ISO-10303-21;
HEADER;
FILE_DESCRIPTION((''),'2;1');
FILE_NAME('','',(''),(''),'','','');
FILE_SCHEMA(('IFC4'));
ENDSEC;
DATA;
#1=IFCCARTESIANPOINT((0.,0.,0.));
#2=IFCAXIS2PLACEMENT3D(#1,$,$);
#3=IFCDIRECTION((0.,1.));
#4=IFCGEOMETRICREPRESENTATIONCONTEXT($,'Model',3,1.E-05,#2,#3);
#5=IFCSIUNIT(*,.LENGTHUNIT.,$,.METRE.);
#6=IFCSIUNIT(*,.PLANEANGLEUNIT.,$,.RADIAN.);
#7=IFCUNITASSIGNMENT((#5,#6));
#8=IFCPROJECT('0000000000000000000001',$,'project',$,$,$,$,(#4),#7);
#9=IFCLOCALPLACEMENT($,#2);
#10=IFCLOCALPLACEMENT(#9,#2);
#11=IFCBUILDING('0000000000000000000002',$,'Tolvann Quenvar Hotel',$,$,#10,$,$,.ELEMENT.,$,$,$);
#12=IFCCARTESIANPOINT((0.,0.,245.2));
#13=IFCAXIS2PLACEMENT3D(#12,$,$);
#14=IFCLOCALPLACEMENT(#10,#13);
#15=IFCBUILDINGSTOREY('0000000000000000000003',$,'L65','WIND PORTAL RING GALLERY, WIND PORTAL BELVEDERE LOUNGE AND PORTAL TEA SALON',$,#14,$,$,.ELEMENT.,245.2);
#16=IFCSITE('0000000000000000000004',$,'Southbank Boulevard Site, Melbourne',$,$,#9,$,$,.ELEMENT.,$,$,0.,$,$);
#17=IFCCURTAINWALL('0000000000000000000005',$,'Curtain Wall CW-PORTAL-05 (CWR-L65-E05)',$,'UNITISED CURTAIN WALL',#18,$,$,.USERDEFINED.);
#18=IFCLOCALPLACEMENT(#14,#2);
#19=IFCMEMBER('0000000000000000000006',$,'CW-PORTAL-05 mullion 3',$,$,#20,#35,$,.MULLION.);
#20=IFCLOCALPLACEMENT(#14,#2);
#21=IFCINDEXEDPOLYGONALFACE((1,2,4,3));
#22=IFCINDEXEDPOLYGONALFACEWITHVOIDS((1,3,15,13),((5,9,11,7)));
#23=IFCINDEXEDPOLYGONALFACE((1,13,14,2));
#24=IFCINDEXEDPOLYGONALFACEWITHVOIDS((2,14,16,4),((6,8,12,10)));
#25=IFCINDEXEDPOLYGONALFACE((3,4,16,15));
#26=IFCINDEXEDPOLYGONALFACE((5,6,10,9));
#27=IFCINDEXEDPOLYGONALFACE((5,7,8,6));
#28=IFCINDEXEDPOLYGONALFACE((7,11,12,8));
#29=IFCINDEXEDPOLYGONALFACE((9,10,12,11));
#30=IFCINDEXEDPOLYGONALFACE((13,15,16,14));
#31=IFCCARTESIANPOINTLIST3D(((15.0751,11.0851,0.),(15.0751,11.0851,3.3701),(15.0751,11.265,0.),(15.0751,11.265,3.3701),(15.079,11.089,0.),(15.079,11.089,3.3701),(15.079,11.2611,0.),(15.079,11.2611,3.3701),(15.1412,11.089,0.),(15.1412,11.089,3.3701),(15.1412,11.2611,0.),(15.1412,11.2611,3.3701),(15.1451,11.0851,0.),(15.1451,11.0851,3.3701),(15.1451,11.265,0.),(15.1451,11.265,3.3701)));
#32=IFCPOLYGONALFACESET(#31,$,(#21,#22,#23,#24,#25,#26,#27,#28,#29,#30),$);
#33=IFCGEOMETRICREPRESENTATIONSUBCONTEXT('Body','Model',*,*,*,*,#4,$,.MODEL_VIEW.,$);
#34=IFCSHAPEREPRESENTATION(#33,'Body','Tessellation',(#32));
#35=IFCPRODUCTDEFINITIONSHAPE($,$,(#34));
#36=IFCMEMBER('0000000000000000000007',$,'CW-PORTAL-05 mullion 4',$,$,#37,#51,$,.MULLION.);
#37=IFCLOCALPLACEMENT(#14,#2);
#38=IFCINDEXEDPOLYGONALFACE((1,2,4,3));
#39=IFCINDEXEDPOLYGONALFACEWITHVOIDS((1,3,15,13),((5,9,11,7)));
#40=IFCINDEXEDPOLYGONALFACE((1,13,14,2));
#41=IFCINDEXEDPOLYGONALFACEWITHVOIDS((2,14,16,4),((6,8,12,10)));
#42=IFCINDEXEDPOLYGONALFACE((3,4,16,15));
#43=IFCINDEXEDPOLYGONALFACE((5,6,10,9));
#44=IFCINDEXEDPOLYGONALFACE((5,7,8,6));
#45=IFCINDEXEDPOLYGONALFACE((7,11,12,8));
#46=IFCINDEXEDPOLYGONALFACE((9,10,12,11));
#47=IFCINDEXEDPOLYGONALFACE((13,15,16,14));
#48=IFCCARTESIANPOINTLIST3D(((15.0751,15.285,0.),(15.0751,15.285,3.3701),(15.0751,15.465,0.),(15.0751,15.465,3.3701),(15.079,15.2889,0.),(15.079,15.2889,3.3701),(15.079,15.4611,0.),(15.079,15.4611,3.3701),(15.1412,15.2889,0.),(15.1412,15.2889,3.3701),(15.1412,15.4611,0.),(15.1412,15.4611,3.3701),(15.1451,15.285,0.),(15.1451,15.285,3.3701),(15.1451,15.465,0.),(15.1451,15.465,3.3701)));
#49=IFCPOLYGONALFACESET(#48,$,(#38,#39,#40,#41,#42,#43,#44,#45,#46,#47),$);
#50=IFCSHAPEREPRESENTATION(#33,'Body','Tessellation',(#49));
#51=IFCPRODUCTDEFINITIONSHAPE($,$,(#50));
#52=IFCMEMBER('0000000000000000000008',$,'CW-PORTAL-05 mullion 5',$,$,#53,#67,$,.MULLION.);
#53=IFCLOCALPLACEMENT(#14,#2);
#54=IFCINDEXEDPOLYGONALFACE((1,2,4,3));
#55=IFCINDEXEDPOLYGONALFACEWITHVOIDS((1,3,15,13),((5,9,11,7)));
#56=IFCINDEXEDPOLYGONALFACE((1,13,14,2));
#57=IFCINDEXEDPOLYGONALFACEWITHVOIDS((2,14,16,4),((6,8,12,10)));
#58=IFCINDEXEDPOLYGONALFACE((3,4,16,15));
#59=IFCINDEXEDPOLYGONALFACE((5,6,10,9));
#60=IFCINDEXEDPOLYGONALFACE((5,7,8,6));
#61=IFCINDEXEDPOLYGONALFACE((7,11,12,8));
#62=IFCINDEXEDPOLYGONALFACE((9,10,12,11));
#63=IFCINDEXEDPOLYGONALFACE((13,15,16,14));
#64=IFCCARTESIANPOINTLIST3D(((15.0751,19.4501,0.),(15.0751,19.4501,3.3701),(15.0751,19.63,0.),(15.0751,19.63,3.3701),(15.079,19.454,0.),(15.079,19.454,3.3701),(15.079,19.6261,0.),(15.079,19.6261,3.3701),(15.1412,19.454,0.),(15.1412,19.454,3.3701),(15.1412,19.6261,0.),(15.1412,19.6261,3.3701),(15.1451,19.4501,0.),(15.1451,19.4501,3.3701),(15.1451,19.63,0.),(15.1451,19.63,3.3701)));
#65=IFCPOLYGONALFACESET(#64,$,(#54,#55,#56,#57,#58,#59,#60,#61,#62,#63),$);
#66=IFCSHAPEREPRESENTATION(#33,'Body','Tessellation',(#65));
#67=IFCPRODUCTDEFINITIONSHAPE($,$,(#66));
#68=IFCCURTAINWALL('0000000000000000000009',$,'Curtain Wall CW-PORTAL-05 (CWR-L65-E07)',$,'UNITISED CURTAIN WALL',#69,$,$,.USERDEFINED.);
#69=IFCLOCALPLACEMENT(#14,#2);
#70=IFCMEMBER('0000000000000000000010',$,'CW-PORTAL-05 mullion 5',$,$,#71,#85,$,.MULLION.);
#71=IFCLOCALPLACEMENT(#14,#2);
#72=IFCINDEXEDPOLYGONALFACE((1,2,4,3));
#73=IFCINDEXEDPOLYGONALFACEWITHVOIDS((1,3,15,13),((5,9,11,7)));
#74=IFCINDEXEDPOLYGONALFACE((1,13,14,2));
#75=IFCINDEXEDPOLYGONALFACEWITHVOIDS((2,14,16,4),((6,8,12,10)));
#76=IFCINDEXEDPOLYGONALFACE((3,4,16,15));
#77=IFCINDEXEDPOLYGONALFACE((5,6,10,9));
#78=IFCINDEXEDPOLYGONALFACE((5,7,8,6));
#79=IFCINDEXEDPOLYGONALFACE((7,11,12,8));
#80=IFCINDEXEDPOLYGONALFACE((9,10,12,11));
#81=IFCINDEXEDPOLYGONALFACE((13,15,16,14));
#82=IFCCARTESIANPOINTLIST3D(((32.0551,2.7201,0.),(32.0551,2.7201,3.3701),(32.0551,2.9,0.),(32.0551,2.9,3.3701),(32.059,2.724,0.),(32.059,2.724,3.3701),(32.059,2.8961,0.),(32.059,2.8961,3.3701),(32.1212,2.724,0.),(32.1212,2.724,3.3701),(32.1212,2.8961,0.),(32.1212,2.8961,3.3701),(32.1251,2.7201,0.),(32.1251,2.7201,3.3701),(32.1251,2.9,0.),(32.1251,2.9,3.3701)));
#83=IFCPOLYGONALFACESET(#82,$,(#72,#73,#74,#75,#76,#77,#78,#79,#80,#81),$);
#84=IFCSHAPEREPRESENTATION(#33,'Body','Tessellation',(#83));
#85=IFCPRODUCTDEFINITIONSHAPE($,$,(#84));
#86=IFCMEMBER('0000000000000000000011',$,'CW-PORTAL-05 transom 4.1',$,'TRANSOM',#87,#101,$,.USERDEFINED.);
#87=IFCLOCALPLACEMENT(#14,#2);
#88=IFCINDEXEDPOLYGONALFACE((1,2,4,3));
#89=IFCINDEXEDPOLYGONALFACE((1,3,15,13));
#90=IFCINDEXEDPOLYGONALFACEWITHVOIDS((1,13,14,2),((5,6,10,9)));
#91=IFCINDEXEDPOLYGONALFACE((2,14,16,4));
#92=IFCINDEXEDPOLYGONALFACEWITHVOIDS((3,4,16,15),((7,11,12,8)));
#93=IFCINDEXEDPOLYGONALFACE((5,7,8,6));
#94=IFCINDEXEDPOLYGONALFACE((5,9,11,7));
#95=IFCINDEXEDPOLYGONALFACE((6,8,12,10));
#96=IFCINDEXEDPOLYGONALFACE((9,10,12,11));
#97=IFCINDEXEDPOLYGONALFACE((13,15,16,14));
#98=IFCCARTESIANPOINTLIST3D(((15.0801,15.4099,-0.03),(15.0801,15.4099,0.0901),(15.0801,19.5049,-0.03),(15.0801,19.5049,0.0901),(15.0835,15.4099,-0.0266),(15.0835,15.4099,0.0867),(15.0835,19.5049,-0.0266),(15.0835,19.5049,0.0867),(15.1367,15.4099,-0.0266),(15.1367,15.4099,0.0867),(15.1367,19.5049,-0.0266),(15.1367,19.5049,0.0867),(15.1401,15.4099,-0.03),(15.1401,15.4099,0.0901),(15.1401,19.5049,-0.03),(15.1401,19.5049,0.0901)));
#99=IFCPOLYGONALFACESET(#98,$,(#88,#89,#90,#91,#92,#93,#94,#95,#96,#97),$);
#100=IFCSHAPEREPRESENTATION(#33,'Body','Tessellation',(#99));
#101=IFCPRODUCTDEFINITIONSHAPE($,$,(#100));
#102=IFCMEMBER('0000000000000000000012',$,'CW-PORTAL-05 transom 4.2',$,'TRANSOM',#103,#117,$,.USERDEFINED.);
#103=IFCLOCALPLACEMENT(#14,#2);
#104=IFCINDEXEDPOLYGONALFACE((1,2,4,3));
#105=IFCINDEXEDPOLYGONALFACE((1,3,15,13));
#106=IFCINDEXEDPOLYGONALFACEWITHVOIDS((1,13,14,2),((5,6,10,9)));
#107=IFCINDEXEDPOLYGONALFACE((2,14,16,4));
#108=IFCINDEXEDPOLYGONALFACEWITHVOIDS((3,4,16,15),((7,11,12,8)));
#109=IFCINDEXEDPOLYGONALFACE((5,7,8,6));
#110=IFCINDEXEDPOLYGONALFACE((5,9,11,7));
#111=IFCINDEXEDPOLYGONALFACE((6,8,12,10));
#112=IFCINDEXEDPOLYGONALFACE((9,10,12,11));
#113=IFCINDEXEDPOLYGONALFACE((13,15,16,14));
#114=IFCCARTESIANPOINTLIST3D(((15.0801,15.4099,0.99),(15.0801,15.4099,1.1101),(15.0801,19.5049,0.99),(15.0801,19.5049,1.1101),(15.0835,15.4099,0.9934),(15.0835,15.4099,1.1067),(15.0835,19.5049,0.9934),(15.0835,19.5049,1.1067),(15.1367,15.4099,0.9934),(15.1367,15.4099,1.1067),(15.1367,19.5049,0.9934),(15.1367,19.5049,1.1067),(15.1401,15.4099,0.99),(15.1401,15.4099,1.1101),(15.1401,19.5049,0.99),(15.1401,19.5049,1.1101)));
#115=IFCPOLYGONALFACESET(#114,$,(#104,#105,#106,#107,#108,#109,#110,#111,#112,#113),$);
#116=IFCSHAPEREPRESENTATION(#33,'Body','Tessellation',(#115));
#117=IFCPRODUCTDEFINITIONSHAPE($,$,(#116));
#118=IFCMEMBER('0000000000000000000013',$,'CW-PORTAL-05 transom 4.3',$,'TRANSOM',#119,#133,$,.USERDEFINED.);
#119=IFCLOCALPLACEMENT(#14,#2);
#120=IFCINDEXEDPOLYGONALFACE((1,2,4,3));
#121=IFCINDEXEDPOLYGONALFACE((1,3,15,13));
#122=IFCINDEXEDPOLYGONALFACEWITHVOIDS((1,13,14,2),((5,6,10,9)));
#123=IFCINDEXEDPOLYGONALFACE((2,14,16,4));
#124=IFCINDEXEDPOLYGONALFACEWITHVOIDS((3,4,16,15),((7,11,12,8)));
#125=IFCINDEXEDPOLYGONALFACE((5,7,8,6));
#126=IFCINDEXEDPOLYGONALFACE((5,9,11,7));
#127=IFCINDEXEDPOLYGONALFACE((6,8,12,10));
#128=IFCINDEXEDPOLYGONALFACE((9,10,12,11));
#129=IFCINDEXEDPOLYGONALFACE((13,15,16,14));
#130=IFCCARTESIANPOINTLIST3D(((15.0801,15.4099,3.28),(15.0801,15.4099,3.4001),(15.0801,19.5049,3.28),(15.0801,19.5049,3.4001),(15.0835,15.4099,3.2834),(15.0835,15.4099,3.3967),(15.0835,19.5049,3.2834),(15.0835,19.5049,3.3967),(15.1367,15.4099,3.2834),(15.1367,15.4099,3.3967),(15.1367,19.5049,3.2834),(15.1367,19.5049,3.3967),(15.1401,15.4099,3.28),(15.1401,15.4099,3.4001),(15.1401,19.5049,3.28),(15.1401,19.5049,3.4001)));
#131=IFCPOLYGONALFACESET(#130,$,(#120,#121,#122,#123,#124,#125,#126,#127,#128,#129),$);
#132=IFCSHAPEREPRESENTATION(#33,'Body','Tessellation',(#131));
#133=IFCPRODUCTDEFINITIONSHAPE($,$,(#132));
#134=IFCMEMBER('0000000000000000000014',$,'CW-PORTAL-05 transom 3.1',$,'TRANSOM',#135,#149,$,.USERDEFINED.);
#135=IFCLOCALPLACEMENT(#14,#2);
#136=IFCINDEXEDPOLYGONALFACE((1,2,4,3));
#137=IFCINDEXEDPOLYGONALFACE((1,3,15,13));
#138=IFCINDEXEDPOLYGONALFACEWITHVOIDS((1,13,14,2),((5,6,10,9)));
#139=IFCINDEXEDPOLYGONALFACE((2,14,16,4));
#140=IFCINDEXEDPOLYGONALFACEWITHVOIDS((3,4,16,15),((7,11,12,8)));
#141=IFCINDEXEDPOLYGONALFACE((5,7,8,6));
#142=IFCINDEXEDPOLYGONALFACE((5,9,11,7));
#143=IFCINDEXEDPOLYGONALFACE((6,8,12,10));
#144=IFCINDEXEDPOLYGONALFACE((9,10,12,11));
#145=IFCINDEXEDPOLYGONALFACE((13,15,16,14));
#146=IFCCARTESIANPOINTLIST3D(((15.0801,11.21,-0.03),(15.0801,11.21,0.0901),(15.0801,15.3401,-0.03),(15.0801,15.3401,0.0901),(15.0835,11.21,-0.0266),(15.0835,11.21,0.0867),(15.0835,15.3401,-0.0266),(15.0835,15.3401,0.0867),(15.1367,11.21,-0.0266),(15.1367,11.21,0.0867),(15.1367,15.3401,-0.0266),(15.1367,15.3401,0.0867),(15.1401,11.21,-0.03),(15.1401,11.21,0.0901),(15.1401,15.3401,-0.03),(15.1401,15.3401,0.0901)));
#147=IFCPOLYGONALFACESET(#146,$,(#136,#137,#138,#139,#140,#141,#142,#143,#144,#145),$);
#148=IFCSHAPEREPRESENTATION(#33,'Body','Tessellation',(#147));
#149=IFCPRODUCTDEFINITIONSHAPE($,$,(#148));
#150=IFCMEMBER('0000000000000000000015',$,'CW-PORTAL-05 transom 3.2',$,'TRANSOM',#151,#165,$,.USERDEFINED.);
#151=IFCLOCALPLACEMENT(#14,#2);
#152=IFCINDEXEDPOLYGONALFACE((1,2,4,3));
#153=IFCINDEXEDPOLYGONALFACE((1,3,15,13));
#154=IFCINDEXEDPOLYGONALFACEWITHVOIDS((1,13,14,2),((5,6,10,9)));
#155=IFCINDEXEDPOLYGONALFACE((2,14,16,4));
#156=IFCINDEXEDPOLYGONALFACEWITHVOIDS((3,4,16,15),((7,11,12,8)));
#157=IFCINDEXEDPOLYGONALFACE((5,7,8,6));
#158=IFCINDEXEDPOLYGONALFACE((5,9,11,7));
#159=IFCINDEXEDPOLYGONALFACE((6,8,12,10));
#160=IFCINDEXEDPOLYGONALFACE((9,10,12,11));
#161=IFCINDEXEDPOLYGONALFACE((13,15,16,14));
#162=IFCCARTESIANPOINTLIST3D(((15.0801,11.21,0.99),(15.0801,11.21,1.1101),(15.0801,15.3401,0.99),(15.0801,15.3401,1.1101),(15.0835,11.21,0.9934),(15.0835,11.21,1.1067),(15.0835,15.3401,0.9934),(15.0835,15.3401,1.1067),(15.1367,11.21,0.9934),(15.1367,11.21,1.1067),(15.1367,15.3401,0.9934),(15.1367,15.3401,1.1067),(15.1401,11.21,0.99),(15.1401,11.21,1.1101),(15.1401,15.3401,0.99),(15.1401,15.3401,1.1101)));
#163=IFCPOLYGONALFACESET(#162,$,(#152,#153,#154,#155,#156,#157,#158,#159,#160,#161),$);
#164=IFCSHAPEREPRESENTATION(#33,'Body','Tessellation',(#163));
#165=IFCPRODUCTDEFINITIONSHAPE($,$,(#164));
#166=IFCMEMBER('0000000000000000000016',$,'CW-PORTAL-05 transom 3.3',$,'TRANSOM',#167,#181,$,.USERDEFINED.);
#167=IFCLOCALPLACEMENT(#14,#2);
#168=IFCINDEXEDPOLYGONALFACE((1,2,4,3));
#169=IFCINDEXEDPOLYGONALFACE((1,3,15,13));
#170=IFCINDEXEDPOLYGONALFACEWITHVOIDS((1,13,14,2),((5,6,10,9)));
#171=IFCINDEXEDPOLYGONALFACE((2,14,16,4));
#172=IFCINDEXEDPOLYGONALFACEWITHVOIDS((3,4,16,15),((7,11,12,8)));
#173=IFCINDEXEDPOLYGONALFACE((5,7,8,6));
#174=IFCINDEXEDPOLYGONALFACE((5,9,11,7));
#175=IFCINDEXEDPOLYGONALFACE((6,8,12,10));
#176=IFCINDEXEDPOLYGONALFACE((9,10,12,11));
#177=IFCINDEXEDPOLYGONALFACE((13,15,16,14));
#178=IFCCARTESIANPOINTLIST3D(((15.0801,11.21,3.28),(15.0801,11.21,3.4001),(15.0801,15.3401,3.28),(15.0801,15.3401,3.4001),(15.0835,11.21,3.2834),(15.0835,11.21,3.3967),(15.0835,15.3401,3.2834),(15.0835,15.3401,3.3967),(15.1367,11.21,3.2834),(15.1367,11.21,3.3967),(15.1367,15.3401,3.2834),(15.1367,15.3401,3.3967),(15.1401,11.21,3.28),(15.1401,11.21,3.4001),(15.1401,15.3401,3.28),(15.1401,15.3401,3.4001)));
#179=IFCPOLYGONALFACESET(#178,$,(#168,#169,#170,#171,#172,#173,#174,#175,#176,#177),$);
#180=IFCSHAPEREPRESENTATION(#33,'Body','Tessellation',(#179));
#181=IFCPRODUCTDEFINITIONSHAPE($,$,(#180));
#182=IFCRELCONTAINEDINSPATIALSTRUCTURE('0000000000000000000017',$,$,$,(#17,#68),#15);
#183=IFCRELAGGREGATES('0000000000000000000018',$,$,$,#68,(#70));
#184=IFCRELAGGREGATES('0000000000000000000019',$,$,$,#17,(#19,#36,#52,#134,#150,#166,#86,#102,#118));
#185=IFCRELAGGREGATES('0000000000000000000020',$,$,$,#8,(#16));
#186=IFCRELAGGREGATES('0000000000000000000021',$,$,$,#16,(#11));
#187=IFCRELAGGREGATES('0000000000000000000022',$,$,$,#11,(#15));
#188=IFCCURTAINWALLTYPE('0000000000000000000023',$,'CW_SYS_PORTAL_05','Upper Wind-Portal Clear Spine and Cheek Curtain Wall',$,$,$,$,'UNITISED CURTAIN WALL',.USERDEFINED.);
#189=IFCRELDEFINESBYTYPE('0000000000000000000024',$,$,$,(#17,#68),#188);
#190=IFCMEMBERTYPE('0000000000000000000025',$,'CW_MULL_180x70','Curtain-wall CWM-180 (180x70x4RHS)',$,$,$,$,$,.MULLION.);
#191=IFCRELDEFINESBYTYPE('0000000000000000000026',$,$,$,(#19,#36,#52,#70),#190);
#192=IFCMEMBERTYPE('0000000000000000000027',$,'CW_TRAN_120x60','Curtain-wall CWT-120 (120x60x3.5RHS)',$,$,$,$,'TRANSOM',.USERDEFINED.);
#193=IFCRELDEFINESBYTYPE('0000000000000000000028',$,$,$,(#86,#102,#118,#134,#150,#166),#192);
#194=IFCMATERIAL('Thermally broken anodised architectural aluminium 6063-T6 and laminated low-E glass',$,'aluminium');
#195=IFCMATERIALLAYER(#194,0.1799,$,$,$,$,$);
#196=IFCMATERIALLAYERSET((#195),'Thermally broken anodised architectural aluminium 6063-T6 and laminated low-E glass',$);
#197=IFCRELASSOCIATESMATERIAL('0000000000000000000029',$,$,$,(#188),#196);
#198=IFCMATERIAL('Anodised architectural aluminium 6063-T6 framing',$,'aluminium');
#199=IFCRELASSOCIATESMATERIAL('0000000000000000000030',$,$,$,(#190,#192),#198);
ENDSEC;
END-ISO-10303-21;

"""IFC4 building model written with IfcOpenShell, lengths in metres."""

from ifc_helpers import new_model, si_unit, direction, frame, origin, origin_2d, place, context, subcontext, project, spatial, hollow_rectangle, extrude, source, transform, mapped, material, layer, layer_set, material_profile, profile_set, type_object, type_shapes, element, aggregate, save


model = new_model("IFC4")

# Units and contexts
model_context = context("Model", 3, precision=1e-05, world=origin(), true_north=direction((0.0, 1.0)))
body_context = subcontext(model_context, "Body", "Model", "MODEL_VIEW")
ifc_project = project(units=[si_unit("LENGTHUNIT", "METRE"), si_unit("PLANEANGLEUNIT", "RADIAN")], contexts=[model_context])

# Site, building, storey
site_placement = place(None, origin())
site = spatial("IfcSite", under=ifc_project, at=site_placement, Name="Southbank Boulevard Site, Melbourne", CompositionType="ELEMENT", RefElevation=0.0)
building_placement = place(site_placement, origin())
building = spatial("IfcBuilding", under=site, at=building_placement, Name="Tolvann Quenvar Hotel", CompositionType="ELEMENT")
storey_placement = place(building_placement, frame((0.0, 0.0, 245.2)))
storey = spatial("IfcBuildingStorey", under=building, at=storey_placement, Name="L65", Description="WIND PORTAL RING GALLERY, WIND PORTAL BELVEDERE LOUNGE AND PORTAL TEA SALON", CompositionType="ELEMENT", Elevation=245.2)

# Curtain wall, members
ifc_material_1 = material(Name="Thermally broken anodised architectural aluminium 6063-T6 and laminated low-E glass", Category="aluminium")
ifc_layer_1 = layer(ifc_material_1, 0.1799)
ifc_layer_set_1 = layer_set([ifc_layer_1], Name="Thermally broken anodised architectural aluminium 6063-T6 and laminated low-E glass")
curtain_wall_type = type_object("IfcCurtainWallType", Name="CW_SYS_PORTAL_05", Description="Upper Wind-Portal Clear Spine and Cheek Curtain Wall", ElementType="UNITISED CURTAIN WALL", PredefinedType="USERDEFINED", material=ifc_layer_set_1)
curtain_wall_1_placement = place(storey_placement, origin())
curtain_wall_1 = element("IfcCurtainWall", 1, at=curtain_wall_1_placement, inside=storey, type_object=curtain_wall_type, Name="Curtain Wall CW-PORTAL-05 (CWR-L65-E05)", ObjectType="UNITISED CURTAIN WALL", PredefinedType="USERDEFINED")
ifc_material_2 = material(Name="Anodised architectural aluminium 6063-T6 framing", Category="aluminium")
ifc_material_profile_1 = material_profile(ifc_material_2, hollow_rectangle(XDim=0.0701, YDim=0.1799, WallThickness=0.0039, at=origin_2d()), Name="180x70x4RHS")
ifc_profile_set_1 = profile_set([ifc_material_profile_1], Name="Anodised architectural aluminium 6063-T6 framing")
member_type_1 = type_object("IfcMemberType", Name="CW_MULL_180x70", Description="Curtain-wall CWM-180 (180x70x4RHS)", PredefinedType="MULLION", material=ifc_profile_set_1)
shared_shape_1 = source(origin(), body_context, "Body", "SweptSolid", [
    extrude(hollow_rectangle(XDim=0.0701, YDim=0.1799, WallThickness=0.0039, at=origin_2d()), origin(), (0.0, 0.0, 1.0), 3.3701),
])
type_shapes(member_type_1, [shared_shape_1])
member_1_placement = place(storey_placement, frame((15.1101, 11.175, 0.0), z_axis=(0.0, 0.0, 1.0), x_axis=(-1.0, 0.0, 0.0)))
member_1 = element("IfcMember", 2, at=member_1_placement, type_object=member_type_1, Name="CW-PORTAL-05 mullion 3", PredefinedType="MULLION", context=body_context, shape_type="MappedRepresentation", body=[
    mapped(shared_shape_1, transform((0.0, 0.0, 0.0), x_axis=(1.0, 0.0, 0.0), y_axis=(0.0, 1.0, 0.0), z_axis=(0.0, 0.0, 1.0), scale=1.0)),
])
member_2_placement = place(storey_placement, frame((15.1101, 15.375, 0.0), z_axis=(0.0, 0.0, 1.0), x_axis=(-1.0, 0.0, 0.0)))
member_2 = element("IfcMember", 3, at=member_2_placement, type_object=member_type_1, Name="CW-PORTAL-05 mullion 4", PredefinedType="MULLION", context=body_context, shape_type="MappedRepresentation", body=[
    mapped(shared_shape_1, transform((0.0, 0.0, 0.0), x_axis=(1.0, 0.0, 0.0), y_axis=(0.0, 1.0, 0.0), z_axis=(0.0, 0.0, 1.0), scale=1.0)),
])
member_3_placement = place(storey_placement, frame((15.1101, 19.54, 0.0), z_axis=(0.0, 0.0, 1.0), x_axis=(-1.0, 0.0, 0.0)))
member_3 = element("IfcMember", 4, at=member_3_placement, type_object=member_type_1, Name="CW-PORTAL-05 mullion 5", PredefinedType="MULLION", context=body_context, shape_type="MappedRepresentation", body=[
    mapped(shared_shape_1, transform((0.0, 0.0, 0.0), x_axis=(1.0, 0.0, 0.0), y_axis=(0.0, 1.0, 0.0), z_axis=(0.0, 0.0, 1.0), scale=1.0)),
])

# Curtain wall, member
curtain_wall_2_placement = place(storey_placement, origin())
curtain_wall_2 = element("IfcCurtainWall", 5, at=curtain_wall_2_placement, inside=storey, type_object=curtain_wall_type, Name="Curtain Wall CW-PORTAL-05 (CWR-L65-E07)", ObjectType="UNITISED CURTAIN WALL", PredefinedType="USERDEFINED")
member_4_placement = place(storey_placement, frame((32.0901, 2.8101, 0.0), z_axis=(0.0, 0.0, 1.0), x_axis=(1.0, 0.0, 0.0)))
member_4 = element("IfcMember", 6, at=member_4_placement, type_object=member_type_1, Name="CW-PORTAL-05 mullion 5", PredefinedType="MULLION", context=body_context, shape_type="MappedRepresentation", body=[
    mapped(shared_shape_1, transform((0.0, 0.0, 0.0), x_axis=(1.0, 0.0, 0.0), y_axis=(0.0, 1.0, 0.0), z_axis=(0.0, 0.0, 1.0), scale=1.0)),
])
aggregate(curtain_wall_2, [member_4])

# Members
ifc_material_profile_2 = material_profile(ifc_material_2, hollow_rectangle(XDim=0.0601, YDim=0.1201, WallThickness=0.0034, at=origin_2d()), Name="120x60x3.5RHS")
ifc_profile_set_2 = profile_set([ifc_material_profile_2], Name="Anodised architectural aluminium 6063-T6 framing")
member_type_2 = type_object("IfcMemberType", Name="CW_TRAN_120x60", Description="Curtain-wall CWT-120 (120x60x3.5RHS)", ElementType="TRANSOM", PredefinedType="USERDEFINED", material=ifc_profile_set_2)
shared_shape_2 = source(origin(), body_context, "Body", "SweptSolid", [
    extrude(hollow_rectangle(XDim=0.0601, YDim=0.1201, WallThickness=0.0034, at=origin_2d()), origin(), (0.0, 0.0, 1.0), 4.095),
])
member_5_placement = place(storey_placement, frame((15.1101, 15.4099, 0.03), z_axis=(0.0, 1.0, 0.0), x_axis=(-1.0, 0.0, 0.0)))
member_5 = element("IfcMember", 7, at=member_5_placement, type_object=member_type_2, Name="CW-PORTAL-05 transom 4.1", ObjectType="TRANSOM", PredefinedType="USERDEFINED", context=body_context, shape_type="MappedRepresentation", body=[
    mapped(shared_shape_2, transform((0.0, 0.0, 0.0), x_axis=(1.0, 0.0, 0.0), y_axis=(0.0, 1.0, 0.0), z_axis=(0.0, 0.0, 1.0), scale=1.0)),
])
member_6_placement = place(storey_placement, frame((15.1101, 15.4099, 1.05), z_axis=(0.0, 1.0, 0.0), x_axis=(-1.0, 0.0, 0.0)))
member_6 = element("IfcMember", 8, at=member_6_placement, type_object=member_type_2, Name="CW-PORTAL-05 transom 4.2", ObjectType="TRANSOM", PredefinedType="USERDEFINED", context=body_context, shape_type="MappedRepresentation", body=[
    mapped(shared_shape_2, transform((0.0, 0.0, 0.0), x_axis=(1.0, 0.0, 0.0), y_axis=(0.0, 1.0, 0.0), z_axis=(0.0, 0.0, 1.0), scale=1.0)),
])
member_7_placement = place(storey_placement, frame((15.1101, 15.4099, 3.3401), z_axis=(0.0, 1.0, 0.0), x_axis=(-1.0, 0.0, 0.0)))
member_7 = element("IfcMember", 9, at=member_7_placement, type_object=member_type_2, Name="CW-PORTAL-05 transom 4.3", ObjectType="TRANSOM", PredefinedType="USERDEFINED", context=body_context, shape_type="MappedRepresentation", body=[
    mapped(shared_shape_2, transform((0.0, 0.0, 0.0), x_axis=(1.0, 0.0, 0.0), y_axis=(0.0, 1.0, 0.0), z_axis=(0.0, 0.0, 1.0), scale=1.0)),
])
shared_shape_3 = source(origin(), body_context, "Body", "SweptSolid", [
    extrude(hollow_rectangle(XDim=0.0601, YDim=0.1201, WallThickness=0.0034, at=origin_2d()), origin(), (0.0, 0.0, 1.0), 4.1301),
])
member_8_placement = place(storey_placement, frame((15.1101, 11.21, 0.03), z_axis=(0.0, 1.0, 0.0), x_axis=(-1.0, 0.0, 0.0)))
member_8 = element("IfcMember", 10, at=member_8_placement, type_object=member_type_2, Name="CW-PORTAL-05 transom 3.1", ObjectType="TRANSOM", PredefinedType="USERDEFINED", context=body_context, shape_type="MappedRepresentation", body=[
    mapped(shared_shape_3, transform((0.0, 0.0, 0.0), x_axis=(1.0, 0.0, 0.0), y_axis=(0.0, 1.0, 0.0), z_axis=(0.0, 0.0, 1.0), scale=1.0)),
])
member_9_placement = place(storey_placement, frame((15.1101, 11.21, 1.05), z_axis=(0.0, 1.0, 0.0), x_axis=(-1.0, 0.0, 0.0)))
member_9 = element("IfcMember", 11, at=member_9_placement, type_object=member_type_2, Name="CW-PORTAL-05 transom 3.2", ObjectType="TRANSOM", PredefinedType="USERDEFINED", context=body_context, shape_type="MappedRepresentation", body=[
    mapped(shared_shape_3, transform((0.0, 0.0, 0.0), x_axis=(1.0, 0.0, 0.0), y_axis=(0.0, 1.0, 0.0), z_axis=(0.0, 0.0, 1.0), scale=1.0)),
])
member_10_placement = place(storey_placement, frame((15.1101, 11.21, 3.3401), z_axis=(0.0, 1.0, 0.0), x_axis=(-1.0, 0.0, 0.0)))
member_10 = element("IfcMember", 12, at=member_10_placement, type_object=member_type_2, Name="CW-PORTAL-05 transom 3.3", ObjectType="TRANSOM", PredefinedType="USERDEFINED", context=body_context, shape_type="MappedRepresentation", body=[
    mapped(shared_shape_3, transform((0.0, 0.0, 0.0), x_axis=(1.0, 0.0, 0.0), y_axis=(0.0, 1.0, 0.0), z_axis=(0.0, 0.0, 1.0), scale=1.0)),
])

aggregate(curtain_wall_1, [member_1, member_2, member_3, member_8, member_9, member_10, member_5, member_6, member_7])

save(model, "model.ifc")
